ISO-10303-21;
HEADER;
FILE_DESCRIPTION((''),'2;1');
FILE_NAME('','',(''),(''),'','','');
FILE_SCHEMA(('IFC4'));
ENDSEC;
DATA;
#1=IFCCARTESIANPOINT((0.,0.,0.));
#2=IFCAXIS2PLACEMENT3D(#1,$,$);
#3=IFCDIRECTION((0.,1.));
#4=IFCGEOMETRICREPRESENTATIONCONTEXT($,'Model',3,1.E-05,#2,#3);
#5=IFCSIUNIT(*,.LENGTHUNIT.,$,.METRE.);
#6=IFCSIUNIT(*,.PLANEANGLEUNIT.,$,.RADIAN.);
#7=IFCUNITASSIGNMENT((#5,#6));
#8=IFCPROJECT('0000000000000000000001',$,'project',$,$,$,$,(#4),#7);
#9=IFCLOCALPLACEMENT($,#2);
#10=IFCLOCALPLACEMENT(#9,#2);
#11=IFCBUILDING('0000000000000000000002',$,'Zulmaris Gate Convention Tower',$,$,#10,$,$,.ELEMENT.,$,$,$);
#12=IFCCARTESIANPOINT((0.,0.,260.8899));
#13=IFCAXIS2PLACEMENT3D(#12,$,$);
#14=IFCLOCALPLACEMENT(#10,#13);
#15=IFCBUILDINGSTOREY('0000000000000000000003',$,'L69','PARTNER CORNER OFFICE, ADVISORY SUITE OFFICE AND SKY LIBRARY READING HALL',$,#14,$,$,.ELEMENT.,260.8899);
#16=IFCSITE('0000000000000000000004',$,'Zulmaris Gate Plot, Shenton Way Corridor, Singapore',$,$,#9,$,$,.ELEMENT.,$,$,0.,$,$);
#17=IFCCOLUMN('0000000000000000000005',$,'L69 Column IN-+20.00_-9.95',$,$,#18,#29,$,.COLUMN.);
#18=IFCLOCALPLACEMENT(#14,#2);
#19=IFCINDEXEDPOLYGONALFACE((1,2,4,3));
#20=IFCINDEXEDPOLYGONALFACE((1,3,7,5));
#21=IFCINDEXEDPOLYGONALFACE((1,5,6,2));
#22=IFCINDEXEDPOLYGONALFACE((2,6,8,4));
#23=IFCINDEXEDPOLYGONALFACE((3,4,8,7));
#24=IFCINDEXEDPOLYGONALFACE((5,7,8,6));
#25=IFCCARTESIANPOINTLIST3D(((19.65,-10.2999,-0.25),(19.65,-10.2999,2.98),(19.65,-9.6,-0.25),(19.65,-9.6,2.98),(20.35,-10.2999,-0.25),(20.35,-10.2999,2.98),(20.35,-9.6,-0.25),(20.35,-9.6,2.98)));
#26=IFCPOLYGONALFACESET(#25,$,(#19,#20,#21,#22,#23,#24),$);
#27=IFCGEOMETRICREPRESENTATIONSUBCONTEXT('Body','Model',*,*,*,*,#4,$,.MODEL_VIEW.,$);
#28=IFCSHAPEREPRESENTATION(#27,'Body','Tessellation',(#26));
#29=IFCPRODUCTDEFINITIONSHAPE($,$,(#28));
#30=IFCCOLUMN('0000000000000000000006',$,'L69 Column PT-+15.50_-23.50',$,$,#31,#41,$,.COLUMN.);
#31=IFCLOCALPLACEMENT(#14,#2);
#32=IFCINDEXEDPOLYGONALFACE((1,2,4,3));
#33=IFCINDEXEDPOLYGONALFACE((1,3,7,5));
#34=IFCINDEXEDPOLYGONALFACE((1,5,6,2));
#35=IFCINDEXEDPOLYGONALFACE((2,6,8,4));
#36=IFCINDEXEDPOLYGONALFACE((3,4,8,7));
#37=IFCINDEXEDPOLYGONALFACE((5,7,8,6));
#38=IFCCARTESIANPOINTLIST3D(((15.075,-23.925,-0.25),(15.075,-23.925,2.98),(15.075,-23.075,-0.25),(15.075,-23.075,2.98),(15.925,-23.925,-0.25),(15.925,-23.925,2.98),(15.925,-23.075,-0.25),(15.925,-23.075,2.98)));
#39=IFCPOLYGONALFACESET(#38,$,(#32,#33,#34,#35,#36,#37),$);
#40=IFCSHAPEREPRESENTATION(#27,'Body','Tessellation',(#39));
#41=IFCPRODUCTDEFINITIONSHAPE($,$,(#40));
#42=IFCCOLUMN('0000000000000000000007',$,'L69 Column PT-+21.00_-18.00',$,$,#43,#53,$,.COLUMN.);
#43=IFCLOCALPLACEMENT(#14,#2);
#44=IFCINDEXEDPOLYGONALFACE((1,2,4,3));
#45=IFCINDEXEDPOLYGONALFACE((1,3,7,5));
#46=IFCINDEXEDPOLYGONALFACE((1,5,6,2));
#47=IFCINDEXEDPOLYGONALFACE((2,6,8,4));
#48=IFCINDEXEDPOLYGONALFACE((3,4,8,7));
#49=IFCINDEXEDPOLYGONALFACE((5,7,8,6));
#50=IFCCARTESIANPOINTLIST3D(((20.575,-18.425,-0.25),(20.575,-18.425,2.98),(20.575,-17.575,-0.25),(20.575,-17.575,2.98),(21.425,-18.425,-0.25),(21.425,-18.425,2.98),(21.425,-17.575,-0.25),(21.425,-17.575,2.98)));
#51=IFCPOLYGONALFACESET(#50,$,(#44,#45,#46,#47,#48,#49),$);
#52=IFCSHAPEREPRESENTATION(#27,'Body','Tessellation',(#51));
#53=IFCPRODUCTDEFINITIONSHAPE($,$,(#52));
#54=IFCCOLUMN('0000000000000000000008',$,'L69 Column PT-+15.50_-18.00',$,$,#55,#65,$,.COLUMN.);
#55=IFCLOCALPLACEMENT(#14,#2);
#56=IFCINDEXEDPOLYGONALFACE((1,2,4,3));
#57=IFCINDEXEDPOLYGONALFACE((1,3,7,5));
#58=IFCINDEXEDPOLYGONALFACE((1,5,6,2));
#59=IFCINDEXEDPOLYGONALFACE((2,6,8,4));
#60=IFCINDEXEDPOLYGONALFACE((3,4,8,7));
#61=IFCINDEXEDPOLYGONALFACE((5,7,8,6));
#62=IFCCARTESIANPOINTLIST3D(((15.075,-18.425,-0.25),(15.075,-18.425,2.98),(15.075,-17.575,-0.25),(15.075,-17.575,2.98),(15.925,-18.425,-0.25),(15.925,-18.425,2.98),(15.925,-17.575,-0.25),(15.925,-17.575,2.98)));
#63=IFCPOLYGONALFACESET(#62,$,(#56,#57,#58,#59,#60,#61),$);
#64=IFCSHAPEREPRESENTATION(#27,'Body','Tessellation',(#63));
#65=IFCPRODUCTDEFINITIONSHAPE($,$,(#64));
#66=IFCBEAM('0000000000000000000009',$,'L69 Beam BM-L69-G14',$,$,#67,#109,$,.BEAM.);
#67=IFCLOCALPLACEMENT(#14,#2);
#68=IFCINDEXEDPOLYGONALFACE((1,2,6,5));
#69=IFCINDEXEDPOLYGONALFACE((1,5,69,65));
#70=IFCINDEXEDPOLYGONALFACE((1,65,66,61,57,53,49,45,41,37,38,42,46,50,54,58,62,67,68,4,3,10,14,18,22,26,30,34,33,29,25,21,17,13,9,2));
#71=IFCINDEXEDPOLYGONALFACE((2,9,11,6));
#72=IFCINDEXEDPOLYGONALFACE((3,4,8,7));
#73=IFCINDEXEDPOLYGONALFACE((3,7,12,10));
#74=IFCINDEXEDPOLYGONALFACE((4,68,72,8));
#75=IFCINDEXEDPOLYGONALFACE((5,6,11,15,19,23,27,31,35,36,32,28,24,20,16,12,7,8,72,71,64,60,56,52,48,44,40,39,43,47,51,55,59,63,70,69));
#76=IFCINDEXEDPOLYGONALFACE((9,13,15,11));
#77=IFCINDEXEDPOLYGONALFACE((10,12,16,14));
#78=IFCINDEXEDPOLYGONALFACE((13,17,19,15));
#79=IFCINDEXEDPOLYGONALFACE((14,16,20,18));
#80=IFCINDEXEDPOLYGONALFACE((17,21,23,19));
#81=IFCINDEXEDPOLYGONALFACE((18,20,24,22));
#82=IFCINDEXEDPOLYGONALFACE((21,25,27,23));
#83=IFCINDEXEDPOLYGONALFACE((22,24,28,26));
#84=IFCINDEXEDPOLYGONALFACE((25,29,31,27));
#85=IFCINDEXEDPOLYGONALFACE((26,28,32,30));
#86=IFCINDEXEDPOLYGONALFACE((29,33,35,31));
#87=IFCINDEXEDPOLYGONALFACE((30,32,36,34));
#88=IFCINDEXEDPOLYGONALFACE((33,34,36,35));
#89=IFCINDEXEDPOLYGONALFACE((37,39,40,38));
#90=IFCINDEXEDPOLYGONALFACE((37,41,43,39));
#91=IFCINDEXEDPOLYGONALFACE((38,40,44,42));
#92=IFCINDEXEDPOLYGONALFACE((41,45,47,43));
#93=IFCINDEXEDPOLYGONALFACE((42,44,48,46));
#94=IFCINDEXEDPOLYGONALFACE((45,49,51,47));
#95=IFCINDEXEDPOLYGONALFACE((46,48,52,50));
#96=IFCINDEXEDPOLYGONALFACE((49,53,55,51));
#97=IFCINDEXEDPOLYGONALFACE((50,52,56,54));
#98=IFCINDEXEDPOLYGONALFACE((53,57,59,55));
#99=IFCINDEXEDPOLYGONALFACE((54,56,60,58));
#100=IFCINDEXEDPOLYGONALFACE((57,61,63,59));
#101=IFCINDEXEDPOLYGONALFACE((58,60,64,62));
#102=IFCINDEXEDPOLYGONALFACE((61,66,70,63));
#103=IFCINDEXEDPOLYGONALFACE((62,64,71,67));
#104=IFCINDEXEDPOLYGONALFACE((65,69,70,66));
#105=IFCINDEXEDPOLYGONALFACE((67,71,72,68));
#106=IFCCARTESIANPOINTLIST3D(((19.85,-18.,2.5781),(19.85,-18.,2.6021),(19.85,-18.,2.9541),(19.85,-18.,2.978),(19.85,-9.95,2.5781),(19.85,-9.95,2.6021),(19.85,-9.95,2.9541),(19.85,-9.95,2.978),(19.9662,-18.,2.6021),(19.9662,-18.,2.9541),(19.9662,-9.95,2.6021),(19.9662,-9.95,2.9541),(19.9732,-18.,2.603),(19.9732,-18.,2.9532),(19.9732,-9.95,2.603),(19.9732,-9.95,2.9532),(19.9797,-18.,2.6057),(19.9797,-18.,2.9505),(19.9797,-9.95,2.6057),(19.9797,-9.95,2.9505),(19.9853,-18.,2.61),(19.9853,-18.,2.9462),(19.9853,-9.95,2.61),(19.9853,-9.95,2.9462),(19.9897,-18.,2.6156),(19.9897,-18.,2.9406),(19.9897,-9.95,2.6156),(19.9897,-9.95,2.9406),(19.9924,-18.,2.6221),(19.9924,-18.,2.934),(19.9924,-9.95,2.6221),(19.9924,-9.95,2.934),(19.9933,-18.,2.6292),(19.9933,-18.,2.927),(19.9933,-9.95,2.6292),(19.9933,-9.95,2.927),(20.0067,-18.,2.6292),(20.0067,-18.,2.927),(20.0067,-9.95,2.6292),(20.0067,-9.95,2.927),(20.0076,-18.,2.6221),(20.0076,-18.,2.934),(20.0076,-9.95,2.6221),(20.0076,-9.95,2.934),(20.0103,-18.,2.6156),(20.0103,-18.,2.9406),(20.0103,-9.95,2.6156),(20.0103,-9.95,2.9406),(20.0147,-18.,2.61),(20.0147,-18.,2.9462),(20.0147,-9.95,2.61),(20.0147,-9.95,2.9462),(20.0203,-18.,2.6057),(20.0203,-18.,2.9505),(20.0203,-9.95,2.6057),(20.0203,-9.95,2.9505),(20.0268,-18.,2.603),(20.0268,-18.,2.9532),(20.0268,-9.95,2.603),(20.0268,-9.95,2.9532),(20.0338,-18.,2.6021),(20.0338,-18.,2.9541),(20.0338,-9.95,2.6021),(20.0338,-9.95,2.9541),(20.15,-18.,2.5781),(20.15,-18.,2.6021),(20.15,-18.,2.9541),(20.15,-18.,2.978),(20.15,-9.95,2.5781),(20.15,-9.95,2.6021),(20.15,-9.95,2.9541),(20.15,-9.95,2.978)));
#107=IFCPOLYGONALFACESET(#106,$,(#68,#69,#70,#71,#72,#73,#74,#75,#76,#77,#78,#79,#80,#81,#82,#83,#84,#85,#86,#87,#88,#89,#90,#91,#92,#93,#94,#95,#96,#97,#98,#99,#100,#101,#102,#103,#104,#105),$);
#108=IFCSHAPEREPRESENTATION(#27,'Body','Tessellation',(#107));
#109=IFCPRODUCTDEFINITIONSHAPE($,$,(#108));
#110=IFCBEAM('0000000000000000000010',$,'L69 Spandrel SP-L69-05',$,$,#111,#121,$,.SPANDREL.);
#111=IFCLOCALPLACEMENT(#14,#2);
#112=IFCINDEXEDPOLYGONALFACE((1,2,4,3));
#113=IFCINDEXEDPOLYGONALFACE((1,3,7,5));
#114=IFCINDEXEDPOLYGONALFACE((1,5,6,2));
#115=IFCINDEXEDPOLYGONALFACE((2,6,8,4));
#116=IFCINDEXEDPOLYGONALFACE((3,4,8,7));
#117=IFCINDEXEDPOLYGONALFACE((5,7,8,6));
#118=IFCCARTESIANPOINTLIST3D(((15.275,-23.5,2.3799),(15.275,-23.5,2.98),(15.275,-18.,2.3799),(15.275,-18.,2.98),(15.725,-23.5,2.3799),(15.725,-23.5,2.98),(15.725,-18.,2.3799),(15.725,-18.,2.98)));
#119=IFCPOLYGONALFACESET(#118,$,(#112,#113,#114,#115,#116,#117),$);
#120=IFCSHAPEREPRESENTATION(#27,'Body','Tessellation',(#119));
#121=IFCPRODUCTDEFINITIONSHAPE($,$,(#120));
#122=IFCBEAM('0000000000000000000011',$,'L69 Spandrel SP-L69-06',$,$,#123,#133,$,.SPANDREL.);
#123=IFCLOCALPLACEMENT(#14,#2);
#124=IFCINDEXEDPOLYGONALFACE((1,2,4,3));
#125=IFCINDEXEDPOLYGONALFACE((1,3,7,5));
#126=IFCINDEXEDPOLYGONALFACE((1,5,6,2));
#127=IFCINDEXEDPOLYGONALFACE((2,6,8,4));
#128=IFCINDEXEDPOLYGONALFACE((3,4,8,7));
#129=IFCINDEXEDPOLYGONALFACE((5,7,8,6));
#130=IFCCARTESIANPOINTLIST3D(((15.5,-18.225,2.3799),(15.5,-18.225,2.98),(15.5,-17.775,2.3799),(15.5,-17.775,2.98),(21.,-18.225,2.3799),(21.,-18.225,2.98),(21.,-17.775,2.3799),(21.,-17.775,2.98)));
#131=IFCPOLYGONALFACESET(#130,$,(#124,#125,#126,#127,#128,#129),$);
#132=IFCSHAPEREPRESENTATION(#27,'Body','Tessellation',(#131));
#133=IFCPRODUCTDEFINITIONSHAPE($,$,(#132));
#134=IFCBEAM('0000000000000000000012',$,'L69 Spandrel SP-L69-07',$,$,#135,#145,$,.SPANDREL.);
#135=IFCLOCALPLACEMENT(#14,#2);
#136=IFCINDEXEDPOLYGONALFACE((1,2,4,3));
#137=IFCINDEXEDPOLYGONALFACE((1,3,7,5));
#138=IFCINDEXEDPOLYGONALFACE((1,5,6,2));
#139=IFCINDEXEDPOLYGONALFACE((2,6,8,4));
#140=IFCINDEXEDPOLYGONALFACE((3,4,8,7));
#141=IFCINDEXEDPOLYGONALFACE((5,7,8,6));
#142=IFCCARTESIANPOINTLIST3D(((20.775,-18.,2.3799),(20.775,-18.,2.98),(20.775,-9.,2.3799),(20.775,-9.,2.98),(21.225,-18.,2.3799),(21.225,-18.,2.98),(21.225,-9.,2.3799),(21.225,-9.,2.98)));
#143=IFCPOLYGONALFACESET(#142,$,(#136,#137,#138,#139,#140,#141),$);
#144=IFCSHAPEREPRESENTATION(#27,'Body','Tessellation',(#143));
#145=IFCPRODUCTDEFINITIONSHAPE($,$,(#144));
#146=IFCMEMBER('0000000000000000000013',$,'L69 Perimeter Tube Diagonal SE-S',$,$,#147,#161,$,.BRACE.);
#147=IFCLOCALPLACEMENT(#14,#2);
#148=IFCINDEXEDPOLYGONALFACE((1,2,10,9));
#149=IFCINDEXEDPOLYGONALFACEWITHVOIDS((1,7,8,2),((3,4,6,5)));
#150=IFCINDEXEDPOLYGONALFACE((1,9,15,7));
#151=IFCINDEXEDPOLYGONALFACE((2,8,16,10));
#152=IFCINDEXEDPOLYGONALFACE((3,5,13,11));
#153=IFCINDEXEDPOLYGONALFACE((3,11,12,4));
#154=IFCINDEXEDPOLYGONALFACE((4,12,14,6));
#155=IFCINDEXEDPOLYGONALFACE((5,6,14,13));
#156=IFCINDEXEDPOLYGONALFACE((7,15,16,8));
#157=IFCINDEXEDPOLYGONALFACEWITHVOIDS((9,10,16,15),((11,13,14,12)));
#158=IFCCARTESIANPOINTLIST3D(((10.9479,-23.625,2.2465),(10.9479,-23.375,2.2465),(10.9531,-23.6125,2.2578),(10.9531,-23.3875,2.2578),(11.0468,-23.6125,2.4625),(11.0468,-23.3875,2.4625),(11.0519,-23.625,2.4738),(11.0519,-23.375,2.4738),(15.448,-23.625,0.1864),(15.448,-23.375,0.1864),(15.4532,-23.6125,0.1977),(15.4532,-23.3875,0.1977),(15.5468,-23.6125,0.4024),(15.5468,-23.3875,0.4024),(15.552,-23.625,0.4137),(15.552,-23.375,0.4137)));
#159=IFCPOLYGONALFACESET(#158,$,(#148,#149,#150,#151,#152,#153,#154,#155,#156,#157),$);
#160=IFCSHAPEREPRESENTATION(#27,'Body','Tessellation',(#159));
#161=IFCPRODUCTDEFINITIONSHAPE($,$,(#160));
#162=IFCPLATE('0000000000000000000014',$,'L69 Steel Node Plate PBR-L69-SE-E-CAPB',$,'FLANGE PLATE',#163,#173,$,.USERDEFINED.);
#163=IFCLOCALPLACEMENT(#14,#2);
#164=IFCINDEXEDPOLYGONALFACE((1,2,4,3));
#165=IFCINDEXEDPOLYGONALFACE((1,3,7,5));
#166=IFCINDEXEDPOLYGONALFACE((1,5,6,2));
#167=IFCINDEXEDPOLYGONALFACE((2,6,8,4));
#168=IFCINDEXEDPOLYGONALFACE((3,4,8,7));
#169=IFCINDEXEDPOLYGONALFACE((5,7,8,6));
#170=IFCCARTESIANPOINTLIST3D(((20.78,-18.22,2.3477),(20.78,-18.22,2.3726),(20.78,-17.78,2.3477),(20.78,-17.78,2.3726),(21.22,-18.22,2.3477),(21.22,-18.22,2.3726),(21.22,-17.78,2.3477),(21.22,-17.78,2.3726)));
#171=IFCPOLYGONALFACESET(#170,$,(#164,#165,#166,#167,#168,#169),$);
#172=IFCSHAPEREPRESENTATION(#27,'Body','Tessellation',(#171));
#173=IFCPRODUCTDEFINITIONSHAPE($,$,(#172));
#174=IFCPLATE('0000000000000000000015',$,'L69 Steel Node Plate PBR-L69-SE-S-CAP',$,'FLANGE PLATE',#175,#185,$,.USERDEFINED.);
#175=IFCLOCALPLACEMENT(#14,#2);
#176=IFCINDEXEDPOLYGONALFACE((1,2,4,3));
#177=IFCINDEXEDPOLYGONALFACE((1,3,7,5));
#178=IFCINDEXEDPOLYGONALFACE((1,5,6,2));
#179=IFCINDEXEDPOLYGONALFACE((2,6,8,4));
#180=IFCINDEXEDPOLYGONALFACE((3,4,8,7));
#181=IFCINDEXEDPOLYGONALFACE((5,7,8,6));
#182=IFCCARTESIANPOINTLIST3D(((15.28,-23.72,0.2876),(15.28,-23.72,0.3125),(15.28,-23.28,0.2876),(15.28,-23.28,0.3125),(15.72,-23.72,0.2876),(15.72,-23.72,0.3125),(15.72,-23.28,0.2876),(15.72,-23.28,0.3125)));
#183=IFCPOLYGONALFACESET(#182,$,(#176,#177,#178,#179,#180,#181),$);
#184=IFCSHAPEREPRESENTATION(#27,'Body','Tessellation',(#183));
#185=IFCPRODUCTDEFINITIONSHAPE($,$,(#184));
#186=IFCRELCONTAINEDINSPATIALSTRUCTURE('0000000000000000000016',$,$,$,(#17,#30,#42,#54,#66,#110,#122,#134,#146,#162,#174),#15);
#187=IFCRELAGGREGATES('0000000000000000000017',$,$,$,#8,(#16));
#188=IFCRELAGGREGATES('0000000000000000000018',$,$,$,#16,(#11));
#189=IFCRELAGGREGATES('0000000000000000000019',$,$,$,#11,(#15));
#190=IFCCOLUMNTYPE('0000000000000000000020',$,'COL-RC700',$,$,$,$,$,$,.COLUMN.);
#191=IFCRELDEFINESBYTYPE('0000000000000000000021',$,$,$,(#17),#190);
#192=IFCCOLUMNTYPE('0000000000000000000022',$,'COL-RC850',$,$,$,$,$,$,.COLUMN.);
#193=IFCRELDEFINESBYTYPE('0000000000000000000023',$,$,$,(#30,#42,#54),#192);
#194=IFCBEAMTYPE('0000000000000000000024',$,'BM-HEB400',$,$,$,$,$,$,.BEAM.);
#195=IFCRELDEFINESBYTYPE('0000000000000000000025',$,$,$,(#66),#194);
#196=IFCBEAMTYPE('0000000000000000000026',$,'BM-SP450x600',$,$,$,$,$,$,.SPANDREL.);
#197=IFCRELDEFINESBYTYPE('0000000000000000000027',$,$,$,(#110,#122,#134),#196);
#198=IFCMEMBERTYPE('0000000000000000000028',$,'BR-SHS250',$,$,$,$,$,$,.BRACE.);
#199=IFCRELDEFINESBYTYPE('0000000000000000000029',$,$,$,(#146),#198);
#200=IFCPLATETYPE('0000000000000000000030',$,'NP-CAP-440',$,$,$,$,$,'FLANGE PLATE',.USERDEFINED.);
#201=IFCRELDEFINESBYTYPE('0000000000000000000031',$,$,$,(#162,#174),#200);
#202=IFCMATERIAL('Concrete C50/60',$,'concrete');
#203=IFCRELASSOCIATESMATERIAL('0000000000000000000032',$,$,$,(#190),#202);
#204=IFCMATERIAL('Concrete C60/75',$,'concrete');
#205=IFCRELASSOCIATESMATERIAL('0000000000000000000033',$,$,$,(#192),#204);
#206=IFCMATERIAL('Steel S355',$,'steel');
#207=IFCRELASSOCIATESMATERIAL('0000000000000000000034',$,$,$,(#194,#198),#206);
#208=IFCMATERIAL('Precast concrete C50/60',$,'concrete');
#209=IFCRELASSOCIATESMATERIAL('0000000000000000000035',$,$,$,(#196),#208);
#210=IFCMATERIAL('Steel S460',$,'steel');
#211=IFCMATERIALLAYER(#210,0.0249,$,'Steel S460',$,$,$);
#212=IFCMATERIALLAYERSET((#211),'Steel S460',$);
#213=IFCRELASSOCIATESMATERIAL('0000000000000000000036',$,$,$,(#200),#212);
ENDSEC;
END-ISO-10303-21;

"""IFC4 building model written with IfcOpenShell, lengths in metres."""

from ifc_helpers import new_model, si_unit, direction, frame, origin, origin_2d, place, context, subcontext, project, spatial, rectangle, hollow_rectangle, i_section, extrude, material, layer, layer_set, material_profile, profile_set, type_object, element, save


model = new_model("IFC4")

# Units and contexts
model_context = context("Model", 3, precision=1e-05, world=origin(), true_north=direction((0.0, 1.0)))
body_context = subcontext(model_context, "Body", "Model", "MODEL_VIEW")
ifc_project = project(units=[si_unit("LENGTHUNIT", "METRE"), si_unit("PLANEANGLEUNIT", "RADIAN")], contexts=[model_context])

# Site, building, storey
site_placement = place(None, origin())
site = spatial("IfcSite", under=ifc_project, at=site_placement, Name="Zulmaris Gate Plot, Shenton Way Corridor, Singapore", CompositionType="ELEMENT", RefElevation=0.0)
building_placement = place(site_placement, origin())
building = spatial("IfcBuilding", under=site, at=building_placement, Name="Zulmaris Gate Convention Tower", CompositionType="ELEMENT")
storey_placement = place(building_placement, frame((0.0, 0.0, 260.8899)))
storey = spatial("IfcBuildingStorey", under=building, at=storey_placement, Name="L69", Description="PARTNER CORNER OFFICE, ADVISORY SUITE OFFICE AND SKY LIBRARY READING HALL", CompositionType="ELEMENT", Elevation=260.8899)

# Columns
ifc_material_1 = material(Name="Concrete C50/60", Category="concrete")
ifc_material_profile_1 = material_profile(ifc_material_1, rectangle(XDim=0.7, YDim=0.7, at=origin_2d()), Name="RC COL 700x700")
ifc_profile_set_1 = profile_set([ifc_material_profile_1], Name="Concrete C50/60")
column_type_1 = type_object("IfcColumnType", Name="COL-RC700", PredefinedType="COLUMN", material=ifc_profile_set_1)
column_placement = place(storey_placement, frame((20.0, -9.95, -0.25), z_axis=(0.0, 0.0, 1.0), x_axis=(1.0, 0.0, 0.0)))
element("IfcColumn", 1, at=column_placement, inside=storey, type_object=column_type_1, Name="L69 Column IN-+20.00_-9.95", PredefinedType="COLUMN", context=body_context, shape_type="SweptSolid", body=[
    extrude(rectangle(XDim=0.7, YDim=0.7, at=origin_2d()), origin(), (0.0, 0.0, 1.0), 3.23),
])
ifc_material_2 = material(Name="Concrete C60/75", Category="concrete")
ifc_material_profile_2 = material_profile(ifc_material_2, rectangle(XDim=0.8501, YDim=0.8501, at=origin_2d()), Name="RC COL 850x850")
ifc_profile_set_2 = profile_set([ifc_material_profile_2], Name="Concrete C60/75")
column_type_2 = type_object("IfcColumnType", Name="COL-RC850", PredefinedType="COLUMN", material=ifc_profile_set_2)
for number, where, z_axis, x_axis, name in (
    (2, (15.5, -23.5, -0.25), (0.0, 0.0, 1.0), (1.0, 0.0, 0.0), "L69 Column PT-+15.50_-23.50"),
    (3, (21.0, -18.0, -0.25), (0.0, 0.0, 1.0), (1.0, 0.0, 0.0), "L69 Column PT-+21.00_-18.00"),
    (4, (15.5, -18.0, -0.25), (0.0, 0.0, 1.0), (1.0, 0.0, 0.0), "L69 Column PT-+15.50_-18.00"),
):
    element("IfcColumn", number, at=place(storey_placement, frame(where, z_axis=z_axis, x_axis=x_axis)), inside=storey, type_object=column_type_2, Name=name, PredefinedType="COLUMN", context=body_context, shape_type="SweptSolid", body=[
        extrude(rectangle(XDim=0.8501, YDim=0.8501, at=origin_2d()), origin(), (0.0, 0.0, 1.0), 3.23),
    ])

# Beams
ifc_material_3 = material(Name="Steel S355", Category="steel")
ifc_material_profile_3 = material_profile(ifc_material_3, i_section(OverallWidth=0.3, OverallDepth=0.3999, WebThickness=0.0134, FlangeThickness=0.0239, FilletRadius=0.0271, at=origin_2d()), Name="HEB 400")
ifc_profile_set_3 = profile_set([ifc_material_profile_3], Name="Steel S355")
beam_type_1 = type_object("IfcBeamType", Name="BM-HEB400", PredefinedType="BEAM", material=ifc_profile_set_3)
beam_1_placement = place(storey_placement, frame((20.0, -18.0, 2.7781), z_axis=(0.0, 1.0, 0.0), x_axis=(-1.0, 0.0, 0.0)))
element("IfcBeam", 5, at=beam_1_placement, inside=storey, type_object=beam_type_1, Name="L69 Beam BM-L69-G14", PredefinedType="BEAM", context=body_context, shape_type="SweptSolid", body=[
    extrude(i_section(OverallWidth=0.3, OverallDepth=0.3999, WebThickness=0.0134, FlangeThickness=0.0239, FilletRadius=0.0271, at=origin_2d()), origin(), (0.0, 0.0, 1.0), 8.05),
])
ifc_material_4 = material(Name="Precast concrete C50/60", Category="concrete")
ifc_material_profile_4 = material_profile(ifc_material_4, rectangle(XDim=0.45, YDim=0.6001, at=origin_2d()), Name="RC SPANDREL 450x600")
ifc_profile_set_4 = profile_set([ifc_material_profile_4], Name="Precast concrete C50/60")
beam_type_2 = type_object("IfcBeamType", Name="BM-SP450x600", PredefinedType="SPANDREL", material=ifc_profile_set_4)
for number, where, z_axis, x_axis, name in (
    (6, (15.5, -23.5, 2.6799), (0.0, 1.0, 0.0), (-1.0, 0.0, 0.0), "L69 Spandrel SP-L69-05"),
    (7, (15.5, -18.0, 2.6799), (1.0, 0.0, 0.0), (0.0, 1.0, 0.0), "L69 Spandrel SP-L69-06"),
):
    element("IfcBeam", number, at=place(storey_placement, frame(where, z_axis=z_axis, x_axis=x_axis)), inside=storey, type_object=beam_type_2, Name=name, PredefinedType="SPANDREL", context=body_context, shape_type="SweptSolid", body=[
        extrude(rectangle(XDim=0.45, YDim=0.6001, at=origin_2d()), origin(), (0.0, 0.0, 1.0), 5.5),
    ])
beam_2_placement = place(storey_placement, frame((21.0, -18.0, 2.6799), z_axis=(0.0, 1.0, 0.0), x_axis=(-1.0, 0.0, 0.0)))
element("IfcBeam", 8, at=beam_2_placement, inside=storey, type_object=beam_type_2, Name="L69 Spandrel SP-L69-07", PredefinedType="SPANDREL", context=body_context, shape_type="SweptSolid", body=[
    extrude(rectangle(XDim=0.45, YDim=0.6001, at=origin_2d()), origin(), (0.0, 0.0, 1.0), 9.0),
])

# Member
ifc_material_profile_5 = material_profile(ifc_material_3, hollow_rectangle(XDim=0.25, YDim=0.25, WallThickness=0.0125, at=origin_2d()), Name="SHS 250x250x12.5")
ifc_profile_set_5 = profile_set([ifc_material_profile_5], Name="Steel S355")
member_type = type_object("IfcMemberType", Name="BR-SHS250", PredefinedType="BRACE", material=ifc_profile_set_5)
member_placement = place(storey_placement, frame((15.5, -23.5, 0.3), z_axis=(-0.909252, 0.0, 0.416247), x_axis=(0.0, -1.0, 0.0)))
element("IfcMember", 9, at=member_placement, inside=storey, type_object=member_type, Name="L69 Perimeter Tube Diagonal SE-S", PredefinedType="BRACE", context=body_context, shape_type="SweptSolid", body=[
    extrude(hollow_rectangle(XDim=0.25, YDim=0.25, WallThickness=0.0125, at=origin_2d()), origin(), (0.0, 0.0, 1.0), 4.9492),
])

# Plates
ifc_material_5 = material(Name="Steel S460", Category="steel")
ifc_layer_1 = layer(ifc_material_5, 0.0249, Name="Steel S460")
ifc_layer_set_1 = layer_set([ifc_layer_1], Name="Steel S460")
plate_type = type_object("IfcPlateType", Name="NP-CAP-440", ElementType="FLANGE PLATE", PredefinedType="USERDEFINED", material=ifc_layer_set_1)
for number, where, z_axis, x_axis, name in (
    (10, (21.0, -18.0, 2.3477), (0.0, 0.0, 1.0), (1.0, 0.0, 0.0), "L69 Steel Node Plate PBR-L69-SE-E-CAPB"),
    (11, (15.5, -23.5, 0.2876), (0.0, 0.0, 1.0), (1.0, 0.0, 0.0), "L69 Steel Node Plate PBR-L69-SE-S-CAP"),
):
    element("IfcPlate", number, at=place(storey_placement, frame(where, z_axis=z_axis, x_axis=x_axis)), inside=storey, type_object=plate_type, Name=name, ObjectType="FLANGE PLATE", PredefinedType="USERDEFINED", context=body_context, shape_type="SweptSolid", body=[
        extrude(rectangle(XDim=0.4399, YDim=0.4399, at=origin_2d()), origin(), (0.0, 0.0, 1.0), 0.0249),
    ])

save(model, "model.ifc")
